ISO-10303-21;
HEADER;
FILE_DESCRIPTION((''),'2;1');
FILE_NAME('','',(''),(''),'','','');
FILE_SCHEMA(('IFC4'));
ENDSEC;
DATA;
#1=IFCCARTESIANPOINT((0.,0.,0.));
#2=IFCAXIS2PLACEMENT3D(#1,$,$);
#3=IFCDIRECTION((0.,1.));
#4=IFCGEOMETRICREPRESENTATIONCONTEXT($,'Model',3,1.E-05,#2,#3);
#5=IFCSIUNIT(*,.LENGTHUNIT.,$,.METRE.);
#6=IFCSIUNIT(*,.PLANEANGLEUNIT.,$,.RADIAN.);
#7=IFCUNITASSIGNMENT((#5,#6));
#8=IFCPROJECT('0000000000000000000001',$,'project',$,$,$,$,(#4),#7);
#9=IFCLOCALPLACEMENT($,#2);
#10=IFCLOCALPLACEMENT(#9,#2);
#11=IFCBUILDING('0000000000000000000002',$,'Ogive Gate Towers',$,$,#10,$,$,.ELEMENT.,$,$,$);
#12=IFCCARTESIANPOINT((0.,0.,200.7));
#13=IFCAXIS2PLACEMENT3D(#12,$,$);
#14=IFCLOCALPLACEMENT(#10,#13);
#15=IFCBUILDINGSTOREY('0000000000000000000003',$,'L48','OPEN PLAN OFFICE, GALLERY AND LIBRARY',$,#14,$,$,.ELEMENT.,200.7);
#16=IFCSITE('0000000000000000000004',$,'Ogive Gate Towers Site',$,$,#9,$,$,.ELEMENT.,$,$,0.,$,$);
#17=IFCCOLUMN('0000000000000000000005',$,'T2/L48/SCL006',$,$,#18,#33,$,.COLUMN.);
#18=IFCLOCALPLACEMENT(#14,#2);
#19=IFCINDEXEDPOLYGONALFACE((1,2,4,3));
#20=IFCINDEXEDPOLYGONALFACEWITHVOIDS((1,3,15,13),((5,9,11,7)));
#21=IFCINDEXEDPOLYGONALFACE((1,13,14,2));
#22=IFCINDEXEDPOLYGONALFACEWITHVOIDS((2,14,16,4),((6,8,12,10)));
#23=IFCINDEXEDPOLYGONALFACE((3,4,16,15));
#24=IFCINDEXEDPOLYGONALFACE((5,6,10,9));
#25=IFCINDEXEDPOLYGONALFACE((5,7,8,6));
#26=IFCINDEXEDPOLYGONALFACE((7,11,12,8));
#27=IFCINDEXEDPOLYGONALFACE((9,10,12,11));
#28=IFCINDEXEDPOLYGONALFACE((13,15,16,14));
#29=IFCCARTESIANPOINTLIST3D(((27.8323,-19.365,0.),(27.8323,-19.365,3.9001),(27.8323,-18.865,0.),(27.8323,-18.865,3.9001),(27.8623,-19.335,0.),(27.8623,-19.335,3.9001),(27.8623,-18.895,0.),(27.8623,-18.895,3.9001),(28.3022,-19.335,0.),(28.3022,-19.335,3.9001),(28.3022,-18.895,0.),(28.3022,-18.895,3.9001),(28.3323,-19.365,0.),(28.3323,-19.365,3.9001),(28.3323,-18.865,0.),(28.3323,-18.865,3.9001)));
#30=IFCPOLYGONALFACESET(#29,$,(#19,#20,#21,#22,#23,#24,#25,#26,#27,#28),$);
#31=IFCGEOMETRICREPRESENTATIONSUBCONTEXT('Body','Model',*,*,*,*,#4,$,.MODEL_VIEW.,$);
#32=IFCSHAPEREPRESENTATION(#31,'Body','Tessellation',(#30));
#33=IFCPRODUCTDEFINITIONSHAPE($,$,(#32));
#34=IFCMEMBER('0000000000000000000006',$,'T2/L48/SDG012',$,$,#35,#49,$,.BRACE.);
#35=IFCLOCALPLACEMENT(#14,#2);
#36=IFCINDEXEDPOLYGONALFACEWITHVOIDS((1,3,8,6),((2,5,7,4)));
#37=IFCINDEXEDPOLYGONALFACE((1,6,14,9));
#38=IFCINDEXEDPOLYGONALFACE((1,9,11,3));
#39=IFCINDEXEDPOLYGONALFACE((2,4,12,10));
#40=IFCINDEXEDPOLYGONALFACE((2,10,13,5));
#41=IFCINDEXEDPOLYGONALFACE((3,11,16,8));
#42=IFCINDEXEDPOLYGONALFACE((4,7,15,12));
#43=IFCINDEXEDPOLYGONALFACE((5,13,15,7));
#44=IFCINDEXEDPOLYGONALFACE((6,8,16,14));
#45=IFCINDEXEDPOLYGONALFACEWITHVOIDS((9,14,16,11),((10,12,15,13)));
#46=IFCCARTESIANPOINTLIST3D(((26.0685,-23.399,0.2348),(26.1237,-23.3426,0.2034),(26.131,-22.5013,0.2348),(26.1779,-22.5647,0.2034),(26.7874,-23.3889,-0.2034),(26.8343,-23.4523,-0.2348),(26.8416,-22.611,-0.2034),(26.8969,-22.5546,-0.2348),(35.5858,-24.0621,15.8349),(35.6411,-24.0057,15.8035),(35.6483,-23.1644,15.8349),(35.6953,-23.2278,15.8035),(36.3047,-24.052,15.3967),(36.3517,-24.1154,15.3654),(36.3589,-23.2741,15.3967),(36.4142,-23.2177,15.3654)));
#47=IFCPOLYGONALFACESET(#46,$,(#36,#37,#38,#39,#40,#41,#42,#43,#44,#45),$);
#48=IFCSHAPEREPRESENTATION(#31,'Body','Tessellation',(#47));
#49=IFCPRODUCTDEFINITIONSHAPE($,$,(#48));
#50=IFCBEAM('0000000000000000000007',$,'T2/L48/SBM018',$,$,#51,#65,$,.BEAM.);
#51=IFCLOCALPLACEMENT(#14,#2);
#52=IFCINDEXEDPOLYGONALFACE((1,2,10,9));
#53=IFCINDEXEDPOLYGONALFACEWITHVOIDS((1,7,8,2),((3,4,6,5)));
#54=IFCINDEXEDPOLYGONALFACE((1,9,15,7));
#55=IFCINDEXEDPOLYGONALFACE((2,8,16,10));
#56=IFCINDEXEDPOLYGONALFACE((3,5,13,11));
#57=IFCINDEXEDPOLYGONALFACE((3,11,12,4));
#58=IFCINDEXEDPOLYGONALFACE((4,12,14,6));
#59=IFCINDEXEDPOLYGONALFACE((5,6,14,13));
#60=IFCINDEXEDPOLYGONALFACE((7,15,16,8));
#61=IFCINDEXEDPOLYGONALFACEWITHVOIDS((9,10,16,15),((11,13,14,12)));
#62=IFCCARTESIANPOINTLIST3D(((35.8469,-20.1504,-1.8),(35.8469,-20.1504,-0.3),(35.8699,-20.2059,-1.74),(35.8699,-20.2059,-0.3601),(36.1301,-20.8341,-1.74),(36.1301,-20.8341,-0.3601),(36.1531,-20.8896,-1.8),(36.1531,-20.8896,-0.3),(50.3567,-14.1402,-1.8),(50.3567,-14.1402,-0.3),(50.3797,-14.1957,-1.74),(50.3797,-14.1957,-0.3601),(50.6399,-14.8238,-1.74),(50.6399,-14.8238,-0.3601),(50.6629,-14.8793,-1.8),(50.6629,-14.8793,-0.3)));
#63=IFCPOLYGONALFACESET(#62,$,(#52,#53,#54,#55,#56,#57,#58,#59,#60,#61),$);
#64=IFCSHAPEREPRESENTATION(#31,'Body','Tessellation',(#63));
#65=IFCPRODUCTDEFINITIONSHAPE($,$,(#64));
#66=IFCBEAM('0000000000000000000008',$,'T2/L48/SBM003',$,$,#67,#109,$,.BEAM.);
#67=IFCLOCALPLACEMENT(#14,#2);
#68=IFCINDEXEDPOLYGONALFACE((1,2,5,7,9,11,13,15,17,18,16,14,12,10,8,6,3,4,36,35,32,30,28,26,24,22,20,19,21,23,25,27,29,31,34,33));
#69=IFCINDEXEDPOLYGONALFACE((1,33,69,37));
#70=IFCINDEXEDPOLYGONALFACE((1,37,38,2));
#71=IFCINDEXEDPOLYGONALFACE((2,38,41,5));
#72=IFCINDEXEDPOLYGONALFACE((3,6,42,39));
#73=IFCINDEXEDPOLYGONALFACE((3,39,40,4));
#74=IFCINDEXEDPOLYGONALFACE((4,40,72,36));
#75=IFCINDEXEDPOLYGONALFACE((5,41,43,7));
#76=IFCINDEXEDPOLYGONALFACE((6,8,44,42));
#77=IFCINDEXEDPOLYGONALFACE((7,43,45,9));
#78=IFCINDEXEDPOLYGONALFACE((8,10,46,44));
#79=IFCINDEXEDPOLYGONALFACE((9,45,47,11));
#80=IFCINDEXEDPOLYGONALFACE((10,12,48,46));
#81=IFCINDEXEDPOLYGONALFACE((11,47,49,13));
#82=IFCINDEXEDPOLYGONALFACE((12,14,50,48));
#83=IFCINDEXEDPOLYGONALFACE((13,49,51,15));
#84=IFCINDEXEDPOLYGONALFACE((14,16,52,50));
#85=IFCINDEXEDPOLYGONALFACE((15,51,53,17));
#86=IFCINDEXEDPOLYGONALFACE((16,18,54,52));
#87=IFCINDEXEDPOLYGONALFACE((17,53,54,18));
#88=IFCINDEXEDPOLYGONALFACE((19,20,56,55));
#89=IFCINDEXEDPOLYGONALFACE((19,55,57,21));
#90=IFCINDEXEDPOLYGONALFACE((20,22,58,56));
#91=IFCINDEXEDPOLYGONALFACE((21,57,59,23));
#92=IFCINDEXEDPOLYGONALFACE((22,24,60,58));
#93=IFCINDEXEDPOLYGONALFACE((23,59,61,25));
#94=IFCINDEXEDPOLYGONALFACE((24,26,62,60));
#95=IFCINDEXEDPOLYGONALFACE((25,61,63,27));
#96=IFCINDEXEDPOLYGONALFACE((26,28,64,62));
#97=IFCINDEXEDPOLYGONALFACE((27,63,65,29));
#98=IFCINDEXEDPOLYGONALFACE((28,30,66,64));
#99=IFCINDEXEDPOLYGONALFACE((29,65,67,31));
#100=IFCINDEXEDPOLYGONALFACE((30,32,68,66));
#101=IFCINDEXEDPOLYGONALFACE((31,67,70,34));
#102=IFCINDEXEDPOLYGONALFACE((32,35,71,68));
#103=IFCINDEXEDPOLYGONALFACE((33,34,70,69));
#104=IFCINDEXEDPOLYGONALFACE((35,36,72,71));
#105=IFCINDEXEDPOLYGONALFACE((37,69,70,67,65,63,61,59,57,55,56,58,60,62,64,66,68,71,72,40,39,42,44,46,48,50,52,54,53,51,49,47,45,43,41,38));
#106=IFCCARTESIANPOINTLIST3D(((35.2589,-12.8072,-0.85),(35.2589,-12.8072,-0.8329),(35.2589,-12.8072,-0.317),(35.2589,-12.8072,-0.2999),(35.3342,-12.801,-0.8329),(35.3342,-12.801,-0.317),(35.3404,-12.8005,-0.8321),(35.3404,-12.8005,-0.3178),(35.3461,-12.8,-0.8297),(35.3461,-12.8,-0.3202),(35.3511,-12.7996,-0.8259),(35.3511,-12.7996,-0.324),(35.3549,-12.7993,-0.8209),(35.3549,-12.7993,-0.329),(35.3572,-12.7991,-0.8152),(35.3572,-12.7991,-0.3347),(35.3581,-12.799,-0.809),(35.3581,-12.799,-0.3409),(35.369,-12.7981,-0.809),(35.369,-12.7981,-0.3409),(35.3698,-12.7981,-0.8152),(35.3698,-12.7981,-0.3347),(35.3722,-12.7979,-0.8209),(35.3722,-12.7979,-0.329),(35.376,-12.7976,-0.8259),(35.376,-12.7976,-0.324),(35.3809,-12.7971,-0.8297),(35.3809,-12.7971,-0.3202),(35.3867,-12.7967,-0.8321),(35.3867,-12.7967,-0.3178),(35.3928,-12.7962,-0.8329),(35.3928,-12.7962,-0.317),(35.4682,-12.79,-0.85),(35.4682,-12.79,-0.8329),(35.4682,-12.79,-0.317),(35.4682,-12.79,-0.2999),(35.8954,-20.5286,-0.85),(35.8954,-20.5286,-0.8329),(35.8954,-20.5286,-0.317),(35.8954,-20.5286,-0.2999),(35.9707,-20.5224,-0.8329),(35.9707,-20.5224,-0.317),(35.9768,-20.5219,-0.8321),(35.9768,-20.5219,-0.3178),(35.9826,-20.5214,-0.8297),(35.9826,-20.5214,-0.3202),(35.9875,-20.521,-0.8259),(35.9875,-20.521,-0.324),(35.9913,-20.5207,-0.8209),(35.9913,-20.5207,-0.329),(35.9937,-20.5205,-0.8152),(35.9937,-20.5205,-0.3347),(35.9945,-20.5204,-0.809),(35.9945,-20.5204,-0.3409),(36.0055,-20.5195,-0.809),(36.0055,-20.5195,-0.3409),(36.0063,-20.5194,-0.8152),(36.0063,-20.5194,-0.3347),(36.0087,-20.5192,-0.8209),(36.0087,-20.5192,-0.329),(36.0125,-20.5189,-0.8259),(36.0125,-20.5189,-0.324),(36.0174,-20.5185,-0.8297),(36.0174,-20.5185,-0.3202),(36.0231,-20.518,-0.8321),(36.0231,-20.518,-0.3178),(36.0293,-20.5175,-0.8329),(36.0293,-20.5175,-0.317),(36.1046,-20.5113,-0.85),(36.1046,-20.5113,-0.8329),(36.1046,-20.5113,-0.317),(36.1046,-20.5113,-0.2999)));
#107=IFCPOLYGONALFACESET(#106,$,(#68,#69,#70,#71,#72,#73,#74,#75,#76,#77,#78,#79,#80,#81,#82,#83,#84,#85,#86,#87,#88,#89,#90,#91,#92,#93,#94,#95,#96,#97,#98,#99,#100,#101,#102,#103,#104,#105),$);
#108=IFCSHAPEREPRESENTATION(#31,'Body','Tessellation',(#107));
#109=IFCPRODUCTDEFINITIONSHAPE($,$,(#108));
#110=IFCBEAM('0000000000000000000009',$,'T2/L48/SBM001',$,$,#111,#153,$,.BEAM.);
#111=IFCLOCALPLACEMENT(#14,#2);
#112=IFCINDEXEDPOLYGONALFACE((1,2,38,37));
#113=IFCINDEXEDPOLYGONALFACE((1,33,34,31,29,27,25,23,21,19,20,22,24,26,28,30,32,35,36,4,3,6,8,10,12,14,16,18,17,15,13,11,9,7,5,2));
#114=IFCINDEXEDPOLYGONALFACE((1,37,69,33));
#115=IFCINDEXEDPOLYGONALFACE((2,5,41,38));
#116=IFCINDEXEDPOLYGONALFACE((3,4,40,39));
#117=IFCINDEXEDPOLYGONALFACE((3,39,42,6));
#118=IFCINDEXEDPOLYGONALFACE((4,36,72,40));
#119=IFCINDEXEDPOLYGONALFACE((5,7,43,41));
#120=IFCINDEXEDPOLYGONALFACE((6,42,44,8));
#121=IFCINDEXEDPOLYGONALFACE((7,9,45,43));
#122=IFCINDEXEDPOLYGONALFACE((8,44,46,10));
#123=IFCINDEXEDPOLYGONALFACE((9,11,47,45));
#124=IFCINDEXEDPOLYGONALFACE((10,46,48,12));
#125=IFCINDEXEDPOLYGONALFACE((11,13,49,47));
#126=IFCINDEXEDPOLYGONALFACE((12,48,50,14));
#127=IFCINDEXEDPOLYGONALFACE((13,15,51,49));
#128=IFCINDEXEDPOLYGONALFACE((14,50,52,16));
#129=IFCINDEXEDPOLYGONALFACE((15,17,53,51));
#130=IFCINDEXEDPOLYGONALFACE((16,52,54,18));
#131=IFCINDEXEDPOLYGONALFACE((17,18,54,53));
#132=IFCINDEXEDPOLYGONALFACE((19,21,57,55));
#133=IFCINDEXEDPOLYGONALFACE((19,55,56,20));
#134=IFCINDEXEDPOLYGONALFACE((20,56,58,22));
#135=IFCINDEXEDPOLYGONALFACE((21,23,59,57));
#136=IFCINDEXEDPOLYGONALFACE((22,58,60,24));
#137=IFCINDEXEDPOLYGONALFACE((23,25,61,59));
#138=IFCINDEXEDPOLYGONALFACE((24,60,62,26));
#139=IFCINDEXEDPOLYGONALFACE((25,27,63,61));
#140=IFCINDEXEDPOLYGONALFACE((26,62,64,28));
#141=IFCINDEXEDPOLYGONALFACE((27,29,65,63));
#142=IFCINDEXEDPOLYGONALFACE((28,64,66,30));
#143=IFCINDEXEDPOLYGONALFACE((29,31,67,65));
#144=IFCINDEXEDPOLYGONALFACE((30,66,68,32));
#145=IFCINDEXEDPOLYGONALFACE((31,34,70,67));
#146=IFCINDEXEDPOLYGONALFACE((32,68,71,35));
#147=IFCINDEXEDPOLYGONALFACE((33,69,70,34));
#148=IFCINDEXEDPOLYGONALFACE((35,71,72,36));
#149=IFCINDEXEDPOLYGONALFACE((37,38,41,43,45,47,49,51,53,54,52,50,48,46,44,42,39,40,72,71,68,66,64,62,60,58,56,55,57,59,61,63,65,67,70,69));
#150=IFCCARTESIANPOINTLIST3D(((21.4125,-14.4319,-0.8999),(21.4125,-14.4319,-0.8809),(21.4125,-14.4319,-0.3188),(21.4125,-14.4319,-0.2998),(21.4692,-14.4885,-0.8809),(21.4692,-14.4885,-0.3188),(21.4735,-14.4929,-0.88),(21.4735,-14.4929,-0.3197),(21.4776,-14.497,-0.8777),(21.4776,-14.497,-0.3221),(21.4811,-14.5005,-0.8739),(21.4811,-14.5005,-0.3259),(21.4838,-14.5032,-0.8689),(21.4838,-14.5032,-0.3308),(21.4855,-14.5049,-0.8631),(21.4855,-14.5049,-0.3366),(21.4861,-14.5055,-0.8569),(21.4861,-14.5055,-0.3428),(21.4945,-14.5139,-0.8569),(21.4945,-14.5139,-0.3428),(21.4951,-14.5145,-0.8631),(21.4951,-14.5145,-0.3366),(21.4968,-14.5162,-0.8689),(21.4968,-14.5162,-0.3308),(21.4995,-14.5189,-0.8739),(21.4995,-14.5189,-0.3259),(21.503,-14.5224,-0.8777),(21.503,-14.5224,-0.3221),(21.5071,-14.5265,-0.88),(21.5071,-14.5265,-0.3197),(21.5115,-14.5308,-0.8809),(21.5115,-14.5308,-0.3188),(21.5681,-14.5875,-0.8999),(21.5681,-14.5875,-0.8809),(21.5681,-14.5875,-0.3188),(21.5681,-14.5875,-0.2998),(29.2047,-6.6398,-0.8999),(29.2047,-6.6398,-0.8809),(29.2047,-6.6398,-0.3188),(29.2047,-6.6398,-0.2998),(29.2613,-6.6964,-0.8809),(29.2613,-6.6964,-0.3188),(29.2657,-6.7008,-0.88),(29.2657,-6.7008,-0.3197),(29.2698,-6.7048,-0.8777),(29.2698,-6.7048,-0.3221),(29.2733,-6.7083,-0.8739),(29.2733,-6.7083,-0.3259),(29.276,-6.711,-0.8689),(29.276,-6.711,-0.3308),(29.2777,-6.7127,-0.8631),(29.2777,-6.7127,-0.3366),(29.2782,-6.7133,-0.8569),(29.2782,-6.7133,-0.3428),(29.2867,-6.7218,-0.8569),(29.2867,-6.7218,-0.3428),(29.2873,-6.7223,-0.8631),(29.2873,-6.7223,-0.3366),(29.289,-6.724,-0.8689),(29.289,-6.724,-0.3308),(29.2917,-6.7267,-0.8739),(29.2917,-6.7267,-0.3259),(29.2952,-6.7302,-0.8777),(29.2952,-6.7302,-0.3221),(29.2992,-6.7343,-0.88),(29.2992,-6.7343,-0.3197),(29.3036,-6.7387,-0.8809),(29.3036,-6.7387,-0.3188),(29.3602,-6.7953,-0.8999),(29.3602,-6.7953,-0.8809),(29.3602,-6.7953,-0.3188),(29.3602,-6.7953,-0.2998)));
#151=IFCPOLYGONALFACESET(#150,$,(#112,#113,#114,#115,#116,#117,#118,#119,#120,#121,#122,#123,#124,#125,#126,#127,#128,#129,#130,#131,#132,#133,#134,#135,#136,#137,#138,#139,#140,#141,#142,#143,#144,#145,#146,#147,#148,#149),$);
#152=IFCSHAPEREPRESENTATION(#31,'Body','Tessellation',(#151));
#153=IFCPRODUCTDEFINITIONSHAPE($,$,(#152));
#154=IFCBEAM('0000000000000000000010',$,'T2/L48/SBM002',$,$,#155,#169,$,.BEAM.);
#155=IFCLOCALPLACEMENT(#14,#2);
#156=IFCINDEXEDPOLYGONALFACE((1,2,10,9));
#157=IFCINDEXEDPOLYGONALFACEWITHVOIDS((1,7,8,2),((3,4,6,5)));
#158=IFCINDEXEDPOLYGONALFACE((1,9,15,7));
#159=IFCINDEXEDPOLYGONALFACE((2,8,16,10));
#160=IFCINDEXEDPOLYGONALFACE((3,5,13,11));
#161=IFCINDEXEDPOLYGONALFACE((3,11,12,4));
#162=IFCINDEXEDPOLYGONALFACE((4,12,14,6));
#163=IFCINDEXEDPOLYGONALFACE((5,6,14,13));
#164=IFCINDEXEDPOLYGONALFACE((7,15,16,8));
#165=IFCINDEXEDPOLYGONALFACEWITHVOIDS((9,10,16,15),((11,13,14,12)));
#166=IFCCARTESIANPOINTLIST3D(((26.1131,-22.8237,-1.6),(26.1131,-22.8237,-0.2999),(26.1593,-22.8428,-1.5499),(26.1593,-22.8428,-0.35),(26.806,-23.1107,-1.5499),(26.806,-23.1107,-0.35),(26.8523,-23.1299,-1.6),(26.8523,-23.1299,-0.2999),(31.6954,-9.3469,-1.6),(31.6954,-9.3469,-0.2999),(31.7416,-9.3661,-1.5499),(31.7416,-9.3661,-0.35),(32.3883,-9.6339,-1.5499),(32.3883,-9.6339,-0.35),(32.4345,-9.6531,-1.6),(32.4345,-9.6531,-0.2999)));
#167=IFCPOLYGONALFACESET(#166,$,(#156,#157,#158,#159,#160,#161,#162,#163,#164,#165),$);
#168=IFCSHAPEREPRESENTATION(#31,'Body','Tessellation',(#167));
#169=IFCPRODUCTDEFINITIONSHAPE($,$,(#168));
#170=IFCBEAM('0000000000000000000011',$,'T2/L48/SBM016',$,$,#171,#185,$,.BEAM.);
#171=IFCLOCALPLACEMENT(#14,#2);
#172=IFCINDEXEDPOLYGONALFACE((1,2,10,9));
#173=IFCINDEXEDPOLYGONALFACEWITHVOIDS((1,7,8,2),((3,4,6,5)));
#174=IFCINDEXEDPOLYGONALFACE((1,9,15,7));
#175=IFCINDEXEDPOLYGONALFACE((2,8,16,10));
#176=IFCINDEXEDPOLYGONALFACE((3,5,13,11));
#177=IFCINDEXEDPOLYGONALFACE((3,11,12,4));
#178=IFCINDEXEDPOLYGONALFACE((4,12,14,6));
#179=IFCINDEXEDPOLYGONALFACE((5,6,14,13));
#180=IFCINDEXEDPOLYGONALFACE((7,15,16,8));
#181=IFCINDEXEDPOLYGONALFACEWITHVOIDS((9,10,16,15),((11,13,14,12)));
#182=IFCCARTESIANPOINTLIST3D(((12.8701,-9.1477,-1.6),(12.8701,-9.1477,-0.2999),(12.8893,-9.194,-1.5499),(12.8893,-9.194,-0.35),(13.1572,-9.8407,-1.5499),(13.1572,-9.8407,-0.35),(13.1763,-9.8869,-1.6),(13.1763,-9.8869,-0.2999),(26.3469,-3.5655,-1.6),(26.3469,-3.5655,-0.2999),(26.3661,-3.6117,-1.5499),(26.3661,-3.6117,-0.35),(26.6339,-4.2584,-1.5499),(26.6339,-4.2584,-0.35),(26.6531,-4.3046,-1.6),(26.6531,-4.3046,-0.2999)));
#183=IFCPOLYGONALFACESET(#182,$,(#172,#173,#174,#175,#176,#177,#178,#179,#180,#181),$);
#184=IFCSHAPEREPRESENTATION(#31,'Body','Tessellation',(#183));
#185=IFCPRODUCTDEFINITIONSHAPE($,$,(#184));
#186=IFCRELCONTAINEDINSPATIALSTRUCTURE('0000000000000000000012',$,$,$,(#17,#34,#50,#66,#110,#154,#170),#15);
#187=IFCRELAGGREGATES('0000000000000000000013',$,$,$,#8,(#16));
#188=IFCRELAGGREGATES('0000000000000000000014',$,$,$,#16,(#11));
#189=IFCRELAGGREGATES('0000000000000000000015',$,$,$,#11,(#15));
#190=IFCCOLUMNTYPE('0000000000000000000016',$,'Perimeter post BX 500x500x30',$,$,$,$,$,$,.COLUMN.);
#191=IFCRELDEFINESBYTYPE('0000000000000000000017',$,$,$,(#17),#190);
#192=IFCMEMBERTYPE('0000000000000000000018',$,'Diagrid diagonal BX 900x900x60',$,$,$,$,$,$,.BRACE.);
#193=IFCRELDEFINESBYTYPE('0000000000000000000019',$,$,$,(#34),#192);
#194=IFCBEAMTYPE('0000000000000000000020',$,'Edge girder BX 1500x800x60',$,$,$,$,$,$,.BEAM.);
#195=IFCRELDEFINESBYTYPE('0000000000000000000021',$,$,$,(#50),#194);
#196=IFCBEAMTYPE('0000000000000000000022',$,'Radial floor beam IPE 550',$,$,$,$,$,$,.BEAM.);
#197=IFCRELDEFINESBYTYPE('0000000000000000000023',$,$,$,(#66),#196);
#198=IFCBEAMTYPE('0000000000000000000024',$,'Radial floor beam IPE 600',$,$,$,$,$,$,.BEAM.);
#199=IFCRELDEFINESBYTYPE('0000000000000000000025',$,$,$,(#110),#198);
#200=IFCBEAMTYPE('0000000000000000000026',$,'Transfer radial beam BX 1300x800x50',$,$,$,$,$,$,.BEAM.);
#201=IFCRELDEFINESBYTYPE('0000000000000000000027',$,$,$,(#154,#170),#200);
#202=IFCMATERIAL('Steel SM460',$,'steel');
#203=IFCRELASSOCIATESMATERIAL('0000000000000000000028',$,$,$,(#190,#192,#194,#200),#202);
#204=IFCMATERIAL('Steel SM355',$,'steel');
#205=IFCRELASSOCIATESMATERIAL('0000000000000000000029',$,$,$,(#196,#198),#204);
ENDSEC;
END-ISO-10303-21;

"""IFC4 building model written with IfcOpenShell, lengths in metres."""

from ifc_helpers import new_model, si_unit, direction, frame, origin, origin_2d, place, context, subcontext, project, spatial, hollow_rectangle, i_section, extrude, material, material_profile, profile_set, type_object, element, save


model = new_model("IFC4")

# Units and contexts
model_context = context("Model", 3, precision=1e-05, world=origin(), true_north=direction((0.0, 1.0)))
body_context = subcontext(model_context, "Body", "Model", "MODEL_VIEW")
ifc_project = project(units=[si_unit("LENGTHUNIT", "METRE"), si_unit("PLANEANGLEUNIT", "RADIAN")], contexts=[model_context])

# Site, building, storey
site_placement = place(None, origin())
site = spatial("IfcSite", under=ifc_project, at=site_placement, Name="Ogive Gate Towers Site", CompositionType="ELEMENT", RefElevation=0.0)
building_placement = place(site_placement, origin())
building = spatial("IfcBuilding", under=site, at=building_placement, Name="Ogive Gate Towers", CompositionType="ELEMENT")
storey_placement = place(building_placement, frame((0.0, 0.0, 200.7)))
storey = spatial("IfcBuildingStorey", under=building, at=storey_placement, Name="L48", Description="OPEN PLAN OFFICE, GALLERY AND LIBRARY", CompositionType="ELEMENT", Elevation=200.7)

# Column
ifc_material_1 = material(Name="Steel SM460", Category="steel")
ifc_material_profile_1 = material_profile(ifc_material_1, hollow_rectangle(XDim=0.5, YDim=0.5, WallThickness=0.03, at=origin_2d()), Name="BX 500x500x30")
ifc_profile_set_1 = profile_set([ifc_material_profile_1], Name="Steel SM460")
column_type = type_object("IfcColumnType", Name="Perimeter post BX 500x500x30", PredefinedType="COLUMN", material=ifc_profile_set_1)
column_placement = place(storey_placement, frame((28.0823, -19.115, 0.0), z_axis=(0.0, 0.0, 1.0), x_axis=(1.0, 0.0, 0.0)))
element("IfcColumn", 1, at=column_placement, inside=storey, type_object=column_type, Name="T2/L48/SCL006", PredefinedType="COLUMN", context=body_context, shape_type="SweptSolid", body=[
    extrude(hollow_rectangle(XDim=0.5, YDim=0.5, WallThickness=0.03, at=origin_2d()), origin(), (0.0, 0.0, 1.0), 3.9001),
])

# Member
ifc_material_profile_2 = material_profile(ifc_material_1, hollow_rectangle(XDim=0.8999, YDim=0.8999, WallThickness=0.0601, at=origin_2d()), Name="BX 900x900x60")
ifc_profile_set_2 = profile_set([ifc_material_profile_2], Name="Steel SM460")
member_type = type_object("IfcMemberType", Name="Diagrid diagonal BX 900x900x60", PredefinedType="BRACE", material=ifc_profile_set_2)
member_placement = place(storey_placement, frame((26.4827, -22.9768, 0.0), z_axis=(0.520468, -0.036262, 0.853111), x_axis=(0.069503, 0.997582, 0.0)))
element("IfcMember", 2, at=member_placement, inside=storey, type_object=member_type, Name="T2/L48/SDG012", PredefinedType="BRACE", context=body_context, shape_type="SweptSolid", body=[
    extrude(hollow_rectangle(XDim=0.8999, YDim=0.8999, WallThickness=0.0601, at=origin_2d()), origin(), (0.0, 0.0, 1.0), 18.2861),
])

# Beams
ifc_material_profile_3 = material_profile(ifc_material_1, hollow_rectangle(XDim=0.8, YDim=1.5, WallThickness=0.0601, at=origin_2d()), Name="BX 1500x800x60")
ifc_profile_set_3 = profile_set([ifc_material_profile_3], Name="Steel SM460")
beam_type_1 = type_object("IfcBeamType", Name="Edge girder BX 1500x800x60", PredefinedType="BEAM", material=ifc_profile_set_3)
beam_1_placement = place(storey_placement, frame((36.0, -20.52, -1.05), z_axis=(0.923877, 0.38269, 0.0), x_axis=(-0.38269, 0.923877, 0.0)))
element("IfcBeam", 3, at=beam_1_placement, inside=storey, type_object=beam_type_1, Name="T2/L48/SBM018", PredefinedType="BEAM", context=body_context, shape_type="SweptSolid", body=[
    extrude(hollow_rectangle(XDim=0.8, YDim=1.5, WallThickness=0.0601, at=origin_2d()), origin(), (0.0, 0.0, 1.0), 15.7053),
])
ifc_material_2 = material(Name="Steel SM355", Category="steel")
ifc_material_profile_4 = material_profile(ifc_material_2, i_section(OverallWidth=0.21, OverallDepth=0.55, WebThickness=0.011, FlangeThickness=0.0171, FilletRadius=0.0239, at=origin_2d()), Name="IPE 550")
ifc_profile_set_4 = profile_set([ifc_material_profile_4], Name="Steel SM355")
beam_type_2 = type_object("IfcBeamType", Name="Radial floor beam IPE 550", PredefinedType="BEAM", material=ifc_profile_set_4)
beam_2_placement = place(storey_placement, frame((35.3635, -12.7986, -0.575), z_axis=(0.082151, -0.99662, 0.0), x_axis=(0.99662, 0.082151, 0.0)))
element("IfcBeam", 4, at=beam_2_placement, inside=storey, type_object=beam_type_2, Name="T2/L48/SBM003", PredefinedType="BEAM", context=body_context, shape_type="SweptSolid", body=[
    extrude(i_section(OverallWidth=0.21, OverallDepth=0.55, WebThickness=0.011, FlangeThickness=0.0171, FilletRadius=0.0239, at=origin_2d()), origin(), (0.0, 0.0, 1.0), 7.7476),
])
ifc_material_profile_5 = material_profile(ifc_material_2, i_section(OverallWidth=0.22, OverallDepth=0.6001, WebThickness=0.012, FlangeThickness=0.019, FilletRadius=0.0239, at=origin_2d()), Name="IPE 600")
ifc_profile_set_5 = profile_set([ifc_material_profile_5], Name="Steel SM355")
beam_type_3 = type_object("IfcBeamType", Name="Radial floor beam IPE 600", PredefinedType="BEAM", material=ifc_profile_set_5)
beam_3_placement = place(storey_placement, frame((29.2825, -6.7175, -0.5999), z_axis=(-0.707107, -0.707107, 0.0), x_axis=(0.707107, -0.707107, 0.0)))
element("IfcBeam", 5, at=beam_3_placement, inside=storey, type_object=beam_type_3, Name="T2/L48/SBM001", PredefinedType="BEAM", context=body_context, shape_type="SweptSolid", body=[
    extrude(i_section(OverallWidth=0.22, OverallDepth=0.6001, WebThickness=0.012, FlangeThickness=0.019, FilletRadius=0.0239, at=origin_2d()), origin(), (0.0, 0.0, 1.0), 11.0198),
])
ifc_material_profile_6 = material_profile(ifc_material_1, hollow_rectangle(XDim=0.8, YDim=1.3, WallThickness=0.05, at=origin_2d()), Name="BX 1300x800x50")
ifc_profile_set_6 = profile_set([ifc_material_profile_6], Name="Steel SM460")
beam_type_4 = type_object("IfcBeamType", Name="Transfer radial beam BX 1300x800x50", PredefinedType="BEAM", material=ifc_profile_set_6)
for number, where, z_axis, x_axis, name in (
    (6, (32.0649, -9.5, -0.95), (-0.382683, -0.92388, 0.0), (0.92388, -0.382683, 0.0), "T2/L48/SBM002"),
    (7, (26.5, -3.9351, -0.95), (-0.92388, -0.382683, 0.0), (0.382683, -0.92388, 0.0), "T2/L48/SBM016"),
):
    element("IfcBeam", number, at=place(storey_placement, frame(where, z_axis=z_axis, x_axis=x_axis)), inside=storey, type_object=beam_type_4, Name=name, PredefinedType="BEAM", context=body_context, shape_type="SweptSolid", body=[
        extrude(hollow_rectangle(XDim=0.8, YDim=1.3, WallThickness=0.05, at=origin_2d()), origin(), (0.0, 0.0, 1.0), 14.5872),
    ])

save(model, "model.ifc")
